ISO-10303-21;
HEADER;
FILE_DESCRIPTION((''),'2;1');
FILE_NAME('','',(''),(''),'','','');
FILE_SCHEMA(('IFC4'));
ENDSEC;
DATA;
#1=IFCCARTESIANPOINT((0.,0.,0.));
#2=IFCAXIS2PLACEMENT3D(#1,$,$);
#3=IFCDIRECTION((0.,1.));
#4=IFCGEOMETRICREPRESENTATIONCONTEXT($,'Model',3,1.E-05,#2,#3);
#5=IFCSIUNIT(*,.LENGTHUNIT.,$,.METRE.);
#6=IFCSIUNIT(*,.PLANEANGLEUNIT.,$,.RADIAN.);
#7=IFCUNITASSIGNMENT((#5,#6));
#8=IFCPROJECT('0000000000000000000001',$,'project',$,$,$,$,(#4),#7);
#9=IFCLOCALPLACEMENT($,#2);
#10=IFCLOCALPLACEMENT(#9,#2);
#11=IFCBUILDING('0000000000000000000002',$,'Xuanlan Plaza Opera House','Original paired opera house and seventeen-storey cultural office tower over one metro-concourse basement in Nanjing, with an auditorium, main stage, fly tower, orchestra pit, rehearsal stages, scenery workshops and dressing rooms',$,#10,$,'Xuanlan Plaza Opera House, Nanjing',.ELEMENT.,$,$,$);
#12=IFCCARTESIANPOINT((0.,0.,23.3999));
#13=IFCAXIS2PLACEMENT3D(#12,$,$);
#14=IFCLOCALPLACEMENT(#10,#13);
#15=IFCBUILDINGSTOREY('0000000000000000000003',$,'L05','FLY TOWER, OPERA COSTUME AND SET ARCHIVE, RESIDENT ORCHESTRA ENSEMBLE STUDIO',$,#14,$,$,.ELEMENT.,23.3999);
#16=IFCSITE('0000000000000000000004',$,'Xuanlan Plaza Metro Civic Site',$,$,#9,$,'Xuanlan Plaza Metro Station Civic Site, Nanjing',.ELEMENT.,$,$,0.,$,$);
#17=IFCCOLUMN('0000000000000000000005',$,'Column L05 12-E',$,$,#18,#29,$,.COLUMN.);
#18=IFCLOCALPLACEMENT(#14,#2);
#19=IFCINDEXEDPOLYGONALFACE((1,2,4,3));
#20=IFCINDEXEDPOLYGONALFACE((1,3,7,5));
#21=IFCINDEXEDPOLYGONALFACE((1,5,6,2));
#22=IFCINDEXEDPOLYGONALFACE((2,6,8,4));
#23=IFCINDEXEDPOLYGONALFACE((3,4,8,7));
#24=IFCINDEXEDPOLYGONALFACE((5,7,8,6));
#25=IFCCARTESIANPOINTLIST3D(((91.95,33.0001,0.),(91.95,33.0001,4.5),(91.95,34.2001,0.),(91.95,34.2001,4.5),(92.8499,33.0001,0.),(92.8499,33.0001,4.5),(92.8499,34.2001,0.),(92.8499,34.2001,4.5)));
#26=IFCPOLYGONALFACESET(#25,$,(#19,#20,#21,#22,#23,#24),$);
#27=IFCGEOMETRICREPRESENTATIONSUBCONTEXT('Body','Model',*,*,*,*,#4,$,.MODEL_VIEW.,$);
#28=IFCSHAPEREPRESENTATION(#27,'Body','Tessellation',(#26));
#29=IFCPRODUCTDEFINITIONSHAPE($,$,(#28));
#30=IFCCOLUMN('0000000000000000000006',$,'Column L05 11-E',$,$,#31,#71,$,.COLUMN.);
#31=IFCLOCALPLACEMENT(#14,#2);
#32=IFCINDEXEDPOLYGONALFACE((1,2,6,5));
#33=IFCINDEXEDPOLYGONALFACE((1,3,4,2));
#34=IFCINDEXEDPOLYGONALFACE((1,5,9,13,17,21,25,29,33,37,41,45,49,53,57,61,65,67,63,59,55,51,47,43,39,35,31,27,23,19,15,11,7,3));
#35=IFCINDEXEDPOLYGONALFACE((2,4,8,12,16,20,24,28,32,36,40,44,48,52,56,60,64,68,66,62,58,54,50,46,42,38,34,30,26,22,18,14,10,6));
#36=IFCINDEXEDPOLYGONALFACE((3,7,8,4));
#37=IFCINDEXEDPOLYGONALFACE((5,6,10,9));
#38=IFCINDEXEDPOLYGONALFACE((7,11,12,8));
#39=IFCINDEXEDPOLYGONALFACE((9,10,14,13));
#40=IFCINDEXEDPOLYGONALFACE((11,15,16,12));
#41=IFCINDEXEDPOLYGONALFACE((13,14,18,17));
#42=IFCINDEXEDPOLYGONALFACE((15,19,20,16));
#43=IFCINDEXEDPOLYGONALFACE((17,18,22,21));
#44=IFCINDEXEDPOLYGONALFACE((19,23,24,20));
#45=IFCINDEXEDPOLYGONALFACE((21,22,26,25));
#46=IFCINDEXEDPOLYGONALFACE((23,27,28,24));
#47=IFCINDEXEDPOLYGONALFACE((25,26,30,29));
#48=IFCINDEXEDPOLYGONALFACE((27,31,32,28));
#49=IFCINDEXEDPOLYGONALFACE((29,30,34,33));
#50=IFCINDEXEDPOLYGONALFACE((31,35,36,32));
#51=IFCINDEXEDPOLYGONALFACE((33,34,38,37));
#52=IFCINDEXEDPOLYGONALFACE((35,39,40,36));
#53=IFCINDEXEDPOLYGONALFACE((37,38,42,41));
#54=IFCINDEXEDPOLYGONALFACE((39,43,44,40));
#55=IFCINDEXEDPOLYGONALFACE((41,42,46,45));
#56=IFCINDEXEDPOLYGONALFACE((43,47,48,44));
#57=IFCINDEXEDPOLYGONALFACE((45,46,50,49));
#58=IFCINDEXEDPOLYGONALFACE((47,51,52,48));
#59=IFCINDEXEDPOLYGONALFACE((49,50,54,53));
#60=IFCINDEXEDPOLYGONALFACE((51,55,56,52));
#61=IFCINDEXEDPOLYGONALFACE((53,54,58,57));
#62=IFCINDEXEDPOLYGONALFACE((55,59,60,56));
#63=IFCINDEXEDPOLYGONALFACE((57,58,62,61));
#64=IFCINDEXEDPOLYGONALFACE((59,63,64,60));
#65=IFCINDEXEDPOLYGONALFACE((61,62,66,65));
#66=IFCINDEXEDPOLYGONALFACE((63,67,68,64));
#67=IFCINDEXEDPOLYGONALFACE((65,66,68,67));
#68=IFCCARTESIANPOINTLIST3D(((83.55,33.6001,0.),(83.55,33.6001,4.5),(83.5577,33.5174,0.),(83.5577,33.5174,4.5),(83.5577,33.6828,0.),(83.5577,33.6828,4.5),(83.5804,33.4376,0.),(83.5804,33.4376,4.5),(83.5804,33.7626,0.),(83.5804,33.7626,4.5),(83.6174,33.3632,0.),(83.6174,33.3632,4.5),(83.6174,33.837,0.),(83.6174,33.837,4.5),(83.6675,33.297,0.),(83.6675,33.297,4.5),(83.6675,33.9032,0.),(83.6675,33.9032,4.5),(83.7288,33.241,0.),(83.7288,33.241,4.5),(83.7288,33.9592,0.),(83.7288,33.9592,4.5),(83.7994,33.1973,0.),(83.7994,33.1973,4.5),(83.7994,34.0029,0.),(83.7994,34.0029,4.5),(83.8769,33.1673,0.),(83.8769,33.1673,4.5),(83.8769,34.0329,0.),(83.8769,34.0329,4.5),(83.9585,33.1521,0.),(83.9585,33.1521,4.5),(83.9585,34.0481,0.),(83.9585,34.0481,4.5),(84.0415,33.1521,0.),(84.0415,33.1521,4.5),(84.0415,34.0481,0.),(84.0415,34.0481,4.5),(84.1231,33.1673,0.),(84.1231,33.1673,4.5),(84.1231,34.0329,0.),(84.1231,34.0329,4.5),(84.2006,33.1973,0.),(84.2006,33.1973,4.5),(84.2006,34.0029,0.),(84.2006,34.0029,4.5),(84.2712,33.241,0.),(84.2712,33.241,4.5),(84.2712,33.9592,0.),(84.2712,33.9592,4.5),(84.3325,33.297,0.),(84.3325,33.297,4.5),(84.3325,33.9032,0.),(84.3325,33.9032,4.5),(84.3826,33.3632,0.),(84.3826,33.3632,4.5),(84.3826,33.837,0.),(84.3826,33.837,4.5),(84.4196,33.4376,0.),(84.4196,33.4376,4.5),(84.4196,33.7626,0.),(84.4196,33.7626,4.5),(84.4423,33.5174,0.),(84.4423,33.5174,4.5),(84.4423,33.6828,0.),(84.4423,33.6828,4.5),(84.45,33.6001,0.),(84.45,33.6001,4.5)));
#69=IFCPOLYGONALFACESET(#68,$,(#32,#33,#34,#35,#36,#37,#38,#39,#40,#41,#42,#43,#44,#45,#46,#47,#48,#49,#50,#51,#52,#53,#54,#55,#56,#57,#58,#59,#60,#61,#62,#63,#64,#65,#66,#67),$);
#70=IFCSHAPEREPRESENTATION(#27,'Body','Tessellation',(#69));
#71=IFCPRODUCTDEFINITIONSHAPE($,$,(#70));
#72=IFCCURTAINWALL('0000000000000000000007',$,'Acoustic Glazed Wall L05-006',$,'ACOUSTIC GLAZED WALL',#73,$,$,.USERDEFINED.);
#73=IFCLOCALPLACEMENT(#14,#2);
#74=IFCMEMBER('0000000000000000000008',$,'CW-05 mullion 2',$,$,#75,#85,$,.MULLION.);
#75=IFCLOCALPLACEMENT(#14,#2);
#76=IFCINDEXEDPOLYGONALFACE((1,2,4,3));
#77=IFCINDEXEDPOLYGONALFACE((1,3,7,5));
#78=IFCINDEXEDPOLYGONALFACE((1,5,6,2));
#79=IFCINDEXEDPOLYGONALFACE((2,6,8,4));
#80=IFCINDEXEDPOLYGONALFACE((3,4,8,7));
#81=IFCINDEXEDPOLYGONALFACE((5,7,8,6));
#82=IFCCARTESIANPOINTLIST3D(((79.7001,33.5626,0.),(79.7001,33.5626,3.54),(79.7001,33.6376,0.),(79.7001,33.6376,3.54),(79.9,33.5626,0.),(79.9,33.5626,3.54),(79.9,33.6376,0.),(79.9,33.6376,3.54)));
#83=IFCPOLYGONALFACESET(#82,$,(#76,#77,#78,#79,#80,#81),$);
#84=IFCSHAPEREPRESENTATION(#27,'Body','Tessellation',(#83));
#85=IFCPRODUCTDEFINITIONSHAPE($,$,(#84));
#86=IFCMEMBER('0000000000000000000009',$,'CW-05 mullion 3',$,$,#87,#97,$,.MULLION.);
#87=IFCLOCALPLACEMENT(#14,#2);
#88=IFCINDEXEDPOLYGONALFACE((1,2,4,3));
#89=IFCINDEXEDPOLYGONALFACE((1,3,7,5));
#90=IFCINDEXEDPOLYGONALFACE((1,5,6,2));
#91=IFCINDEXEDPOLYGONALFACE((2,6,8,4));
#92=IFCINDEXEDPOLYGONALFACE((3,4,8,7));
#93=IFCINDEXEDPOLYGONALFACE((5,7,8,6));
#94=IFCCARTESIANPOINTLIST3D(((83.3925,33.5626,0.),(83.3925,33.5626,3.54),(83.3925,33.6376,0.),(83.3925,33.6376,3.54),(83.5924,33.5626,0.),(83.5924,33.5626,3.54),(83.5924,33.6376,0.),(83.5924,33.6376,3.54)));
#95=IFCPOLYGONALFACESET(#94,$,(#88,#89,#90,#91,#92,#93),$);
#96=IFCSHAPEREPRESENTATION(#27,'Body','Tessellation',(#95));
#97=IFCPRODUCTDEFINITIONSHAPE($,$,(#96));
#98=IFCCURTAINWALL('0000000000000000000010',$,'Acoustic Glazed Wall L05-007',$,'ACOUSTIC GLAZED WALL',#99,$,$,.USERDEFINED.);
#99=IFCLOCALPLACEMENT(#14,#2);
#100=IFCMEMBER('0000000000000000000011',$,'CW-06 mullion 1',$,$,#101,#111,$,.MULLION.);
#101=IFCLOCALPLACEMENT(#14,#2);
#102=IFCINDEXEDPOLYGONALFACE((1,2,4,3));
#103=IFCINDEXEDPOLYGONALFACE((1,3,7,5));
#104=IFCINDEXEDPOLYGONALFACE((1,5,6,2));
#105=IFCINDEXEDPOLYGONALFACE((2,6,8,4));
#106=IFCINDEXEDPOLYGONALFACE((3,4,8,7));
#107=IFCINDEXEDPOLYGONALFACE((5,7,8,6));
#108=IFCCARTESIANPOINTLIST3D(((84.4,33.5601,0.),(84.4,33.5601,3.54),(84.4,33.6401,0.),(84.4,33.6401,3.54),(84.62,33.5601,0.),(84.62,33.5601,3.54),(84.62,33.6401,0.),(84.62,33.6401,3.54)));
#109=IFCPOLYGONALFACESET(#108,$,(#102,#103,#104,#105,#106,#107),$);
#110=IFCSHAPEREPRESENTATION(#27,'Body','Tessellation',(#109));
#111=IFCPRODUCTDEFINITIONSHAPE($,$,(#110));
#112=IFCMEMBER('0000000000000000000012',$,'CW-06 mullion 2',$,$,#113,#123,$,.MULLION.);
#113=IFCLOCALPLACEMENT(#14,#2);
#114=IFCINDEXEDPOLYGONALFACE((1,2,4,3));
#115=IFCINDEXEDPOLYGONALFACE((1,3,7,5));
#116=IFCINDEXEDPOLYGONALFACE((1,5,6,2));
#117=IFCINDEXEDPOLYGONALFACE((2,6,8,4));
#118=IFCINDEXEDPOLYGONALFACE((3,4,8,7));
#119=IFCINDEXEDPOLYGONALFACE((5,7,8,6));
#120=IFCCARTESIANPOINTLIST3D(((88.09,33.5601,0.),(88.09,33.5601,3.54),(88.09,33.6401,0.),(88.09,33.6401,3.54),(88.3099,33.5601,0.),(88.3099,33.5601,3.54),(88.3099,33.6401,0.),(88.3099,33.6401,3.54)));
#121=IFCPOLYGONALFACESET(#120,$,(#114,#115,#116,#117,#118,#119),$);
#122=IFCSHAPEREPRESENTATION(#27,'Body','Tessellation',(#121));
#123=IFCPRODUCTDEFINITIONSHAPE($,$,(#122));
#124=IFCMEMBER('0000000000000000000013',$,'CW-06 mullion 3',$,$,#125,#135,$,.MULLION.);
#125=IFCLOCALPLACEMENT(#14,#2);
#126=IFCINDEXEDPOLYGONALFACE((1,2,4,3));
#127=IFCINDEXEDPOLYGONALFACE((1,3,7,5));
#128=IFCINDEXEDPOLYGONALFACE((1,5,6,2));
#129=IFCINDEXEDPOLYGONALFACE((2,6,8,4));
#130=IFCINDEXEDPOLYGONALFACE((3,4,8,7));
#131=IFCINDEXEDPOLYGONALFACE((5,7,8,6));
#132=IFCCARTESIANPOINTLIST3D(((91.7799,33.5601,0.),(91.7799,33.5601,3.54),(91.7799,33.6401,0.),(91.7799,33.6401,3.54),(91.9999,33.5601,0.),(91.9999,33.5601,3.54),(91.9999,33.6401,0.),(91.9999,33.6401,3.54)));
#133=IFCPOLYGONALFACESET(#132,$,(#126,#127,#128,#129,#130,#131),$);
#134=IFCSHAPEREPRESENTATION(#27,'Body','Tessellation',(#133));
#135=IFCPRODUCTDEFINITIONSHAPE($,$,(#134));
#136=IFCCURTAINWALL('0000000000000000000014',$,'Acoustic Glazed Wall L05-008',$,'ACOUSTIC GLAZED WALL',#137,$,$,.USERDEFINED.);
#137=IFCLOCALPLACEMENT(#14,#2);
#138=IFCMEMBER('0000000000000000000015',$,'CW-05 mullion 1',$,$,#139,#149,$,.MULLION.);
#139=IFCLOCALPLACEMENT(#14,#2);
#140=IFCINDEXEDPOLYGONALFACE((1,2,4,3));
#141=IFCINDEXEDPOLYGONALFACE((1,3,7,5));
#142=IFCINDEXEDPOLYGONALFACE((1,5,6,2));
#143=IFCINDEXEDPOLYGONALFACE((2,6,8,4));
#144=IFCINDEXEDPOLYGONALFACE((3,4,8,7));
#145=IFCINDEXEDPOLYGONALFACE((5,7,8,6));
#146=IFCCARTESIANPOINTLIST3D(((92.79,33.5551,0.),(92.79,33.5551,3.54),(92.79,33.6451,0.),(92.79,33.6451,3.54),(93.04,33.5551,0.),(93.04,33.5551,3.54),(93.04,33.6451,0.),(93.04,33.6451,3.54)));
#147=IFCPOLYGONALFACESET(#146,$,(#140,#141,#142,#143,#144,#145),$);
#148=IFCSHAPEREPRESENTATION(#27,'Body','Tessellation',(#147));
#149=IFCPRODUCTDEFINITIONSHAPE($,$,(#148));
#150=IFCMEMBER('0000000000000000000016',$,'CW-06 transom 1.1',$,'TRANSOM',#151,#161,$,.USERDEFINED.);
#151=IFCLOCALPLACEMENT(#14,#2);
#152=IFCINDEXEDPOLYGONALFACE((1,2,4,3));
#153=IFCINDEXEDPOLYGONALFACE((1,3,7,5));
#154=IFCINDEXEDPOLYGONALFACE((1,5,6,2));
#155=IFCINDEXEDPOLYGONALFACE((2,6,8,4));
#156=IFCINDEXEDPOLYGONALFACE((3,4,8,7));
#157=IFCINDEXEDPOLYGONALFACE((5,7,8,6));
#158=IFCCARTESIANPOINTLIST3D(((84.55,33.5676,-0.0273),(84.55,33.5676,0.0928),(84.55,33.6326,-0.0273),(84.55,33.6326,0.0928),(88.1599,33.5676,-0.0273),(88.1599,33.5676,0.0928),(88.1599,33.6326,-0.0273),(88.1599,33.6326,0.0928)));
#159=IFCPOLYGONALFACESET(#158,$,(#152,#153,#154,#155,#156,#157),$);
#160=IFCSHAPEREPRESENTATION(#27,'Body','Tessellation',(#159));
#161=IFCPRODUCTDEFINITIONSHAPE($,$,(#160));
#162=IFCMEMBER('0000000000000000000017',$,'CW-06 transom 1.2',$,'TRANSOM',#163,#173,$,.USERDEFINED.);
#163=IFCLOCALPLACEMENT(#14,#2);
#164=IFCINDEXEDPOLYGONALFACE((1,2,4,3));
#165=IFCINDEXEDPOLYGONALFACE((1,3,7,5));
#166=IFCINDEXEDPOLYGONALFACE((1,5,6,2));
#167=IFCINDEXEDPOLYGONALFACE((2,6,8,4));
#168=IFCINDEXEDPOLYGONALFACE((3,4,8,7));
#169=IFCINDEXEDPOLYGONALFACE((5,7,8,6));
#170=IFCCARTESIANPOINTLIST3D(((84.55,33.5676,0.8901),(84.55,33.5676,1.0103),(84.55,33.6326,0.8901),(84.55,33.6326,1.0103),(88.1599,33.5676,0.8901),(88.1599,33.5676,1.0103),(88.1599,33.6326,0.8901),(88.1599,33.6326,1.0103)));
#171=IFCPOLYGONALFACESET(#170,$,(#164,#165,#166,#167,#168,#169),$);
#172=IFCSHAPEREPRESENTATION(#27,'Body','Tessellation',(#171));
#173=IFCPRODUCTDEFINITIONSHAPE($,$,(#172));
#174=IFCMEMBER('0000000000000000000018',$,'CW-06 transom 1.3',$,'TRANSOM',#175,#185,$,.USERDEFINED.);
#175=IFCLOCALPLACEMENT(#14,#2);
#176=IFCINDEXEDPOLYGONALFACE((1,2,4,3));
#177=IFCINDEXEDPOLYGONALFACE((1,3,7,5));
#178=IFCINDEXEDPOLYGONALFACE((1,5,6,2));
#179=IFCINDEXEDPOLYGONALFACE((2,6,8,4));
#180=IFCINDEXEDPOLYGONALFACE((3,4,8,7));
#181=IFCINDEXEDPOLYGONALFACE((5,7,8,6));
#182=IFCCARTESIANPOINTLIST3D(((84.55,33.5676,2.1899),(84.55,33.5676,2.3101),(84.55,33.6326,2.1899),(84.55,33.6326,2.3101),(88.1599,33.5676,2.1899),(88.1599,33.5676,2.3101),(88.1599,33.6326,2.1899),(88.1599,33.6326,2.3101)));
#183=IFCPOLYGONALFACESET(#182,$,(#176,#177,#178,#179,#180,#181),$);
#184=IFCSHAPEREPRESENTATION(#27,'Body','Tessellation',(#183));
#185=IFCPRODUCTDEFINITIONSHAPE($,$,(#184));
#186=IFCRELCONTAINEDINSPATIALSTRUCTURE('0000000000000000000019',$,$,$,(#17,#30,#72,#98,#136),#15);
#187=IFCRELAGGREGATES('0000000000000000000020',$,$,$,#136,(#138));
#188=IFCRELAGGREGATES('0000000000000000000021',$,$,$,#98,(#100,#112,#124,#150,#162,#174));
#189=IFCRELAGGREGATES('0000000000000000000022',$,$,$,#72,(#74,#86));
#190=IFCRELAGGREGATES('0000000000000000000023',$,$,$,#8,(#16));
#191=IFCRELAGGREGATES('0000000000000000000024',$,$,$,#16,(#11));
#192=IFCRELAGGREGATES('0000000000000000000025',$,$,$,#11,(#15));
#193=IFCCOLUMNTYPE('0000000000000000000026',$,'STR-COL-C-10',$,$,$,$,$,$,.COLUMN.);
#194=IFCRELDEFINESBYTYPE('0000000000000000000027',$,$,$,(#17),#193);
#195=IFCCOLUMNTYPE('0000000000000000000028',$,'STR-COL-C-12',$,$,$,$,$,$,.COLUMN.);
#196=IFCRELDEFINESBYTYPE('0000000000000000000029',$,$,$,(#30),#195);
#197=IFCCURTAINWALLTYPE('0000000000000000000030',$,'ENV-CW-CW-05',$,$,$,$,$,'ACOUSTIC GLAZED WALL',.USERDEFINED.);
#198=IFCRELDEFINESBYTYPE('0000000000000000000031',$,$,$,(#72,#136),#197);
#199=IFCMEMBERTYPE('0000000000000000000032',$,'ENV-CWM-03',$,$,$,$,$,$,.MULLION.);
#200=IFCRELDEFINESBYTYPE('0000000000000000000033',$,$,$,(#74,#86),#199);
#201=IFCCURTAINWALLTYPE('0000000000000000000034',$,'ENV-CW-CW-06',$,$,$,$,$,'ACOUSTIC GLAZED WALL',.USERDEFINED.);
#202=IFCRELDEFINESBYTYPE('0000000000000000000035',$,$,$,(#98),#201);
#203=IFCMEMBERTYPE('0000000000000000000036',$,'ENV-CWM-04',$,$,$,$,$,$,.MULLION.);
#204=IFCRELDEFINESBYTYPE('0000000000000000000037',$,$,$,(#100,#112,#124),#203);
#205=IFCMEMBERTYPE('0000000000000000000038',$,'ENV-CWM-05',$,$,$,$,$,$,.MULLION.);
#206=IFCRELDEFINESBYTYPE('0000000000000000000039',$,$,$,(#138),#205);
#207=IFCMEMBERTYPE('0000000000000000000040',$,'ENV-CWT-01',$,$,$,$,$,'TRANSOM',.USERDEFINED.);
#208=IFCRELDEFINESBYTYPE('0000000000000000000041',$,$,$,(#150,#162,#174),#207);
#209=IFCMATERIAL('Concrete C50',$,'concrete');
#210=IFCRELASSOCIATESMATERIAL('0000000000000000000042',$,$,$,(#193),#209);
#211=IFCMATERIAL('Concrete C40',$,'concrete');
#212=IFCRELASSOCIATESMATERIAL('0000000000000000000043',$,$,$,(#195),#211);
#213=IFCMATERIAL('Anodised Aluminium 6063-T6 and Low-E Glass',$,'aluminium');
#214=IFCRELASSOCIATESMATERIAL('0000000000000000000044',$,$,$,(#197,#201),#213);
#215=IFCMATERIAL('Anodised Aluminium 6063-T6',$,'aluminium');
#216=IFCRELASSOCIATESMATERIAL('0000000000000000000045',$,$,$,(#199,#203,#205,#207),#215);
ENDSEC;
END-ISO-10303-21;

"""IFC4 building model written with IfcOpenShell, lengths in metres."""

from ifc_helpers import new_model, si_unit, direction, frame, origin, origin_2d, place, context, subcontext, project, spatial, rectangle, circle, extrude, material, material_profile, profile_set, type_object, element, aggregate, save


model = new_model("IFC4")

# Units and contexts
model_context = context("Model", 3, precision=1e-05, world=origin(), true_north=direction((0.0, 1.0)))
body_context = subcontext(model_context, "Body", "Model", "MODEL_VIEW")
ifc_project = project(units=[si_unit("LENGTHUNIT", "METRE"), si_unit("PLANEANGLEUNIT", "RADIAN")], contexts=[model_context])

# Site, building, storey
site_placement = place(None, origin())
site = spatial("IfcSite", under=ifc_project, at=site_placement, Name="Xuanlan Plaza Metro Civic Site", LongName="Xuanlan Plaza Metro Station Civic Site, Nanjing", CompositionType="ELEMENT", RefElevation=0.0)
building_placement = place(site_placement, origin())
building = spatial("IfcBuilding", under=site, at=building_placement, Name="Xuanlan Plaza Opera House", Description="Original paired opera house and seventeen-storey cultural office tower over one metro-concourse basement in Nanjing, with an auditorium, main stage, fly tower, orchestra pit, rehearsal stages, scenery workshops and dressing rooms", LongName="Xuanlan Plaza Opera House, Nanjing", CompositionType="ELEMENT")
storey_placement = place(building_placement, frame((0.0, 0.0, 23.3999)))
storey = spatial("IfcBuildingStorey", under=building, at=storey_placement, Name="L05", Description="FLY TOWER, OPERA COSTUME AND SET ARCHIVE, RESIDENT ORCHESTRA ENSEMBLE STUDIO", CompositionType="ELEMENT", Elevation=23.3999)

# Columns
ifc_material_1 = material(Name="Concrete C50", Category="concrete")
ifc_material_profile_1 = material_profile(ifc_material_1, rectangle(XDim=0.8999, YDim=1.2, at=origin_2d()), Name="RC-COL 900x1200")
ifc_profile_set_1 = profile_set([ifc_material_profile_1], Name="Concrete C50")
column_type_1 = type_object("IfcColumnType", Name="STR-COL-C-10", PredefinedType="COLUMN", material=ifc_profile_set_1)
column_1_placement = place(storey_placement, frame((92.3999, 33.6001, 0.0), z_axis=(0.0, 0.0, 1.0), x_axis=(1.0, 0.0, 0.0)))
element("IfcColumn", 1, at=column_1_placement, inside=storey, type_object=column_type_1, Name="Column L05 12-E", PredefinedType="COLUMN", context=body_context, shape_type="SweptSolid", body=[
    extrude(rectangle(XDim=0.8999, YDim=1.2, at=origin_2d()), origin(), (0.0, 0.0, 1.0), 4.5),
])
ifc_material_2 = material(Name="Concrete C40", Category="concrete")
ifc_material_profile_2 = material_profile(ifc_material_2, circle(Radius=0.45, at=origin_2d()), Name="RC-COL D900")
ifc_profile_set_2 = profile_set([ifc_material_profile_2], Name="Concrete C40")
column_type_2 = type_object("IfcColumnType", Name="STR-COL-C-12", PredefinedType="COLUMN", material=ifc_profile_set_2)
column_2_placement = place(storey_placement, frame((84.0, 33.6001, 0.0), z_axis=(0.0, 0.0, 1.0), x_axis=(1.0, 0.0, 0.0)))
element("IfcColumn", 2, at=column_2_placement, inside=storey, type_object=column_type_2, Name="Column L05 11-E", PredefinedType="COLUMN", context=body_context, shape_type="SweptSolid", body=[
    extrude(circle(Radius=0.45, at=origin_2d()), origin(), (0.0, 0.0, 1.0), 4.5),
])

# Curtain walls, members
ifc_material_3 = material(Name="Anodised Aluminium 6063-T6 and Low-E Glass", Category="aluminium")
curtain_wall_type_1 = type_object("IfcCurtainWallType", Name="ENV-CW-CW-05", ElementType="ACOUSTIC GLAZED WALL", PredefinedType="USERDEFINED", material=ifc_material_3)
curtain_wall_1_placement = place(storey_placement, origin())
curtain_wall_1 = element("IfcCurtainWall", 3, at=curtain_wall_1_placement, inside=storey, type_object=curtain_wall_type_1, Name="Acoustic Glazed Wall L05-006", ObjectType="ACOUSTIC GLAZED WALL", PredefinedType="USERDEFINED")
ifc_material_4 = material(Name="Anodised Aluminium 6063-T6", Category="aluminium")
ifc_material_profile_3 = material_profile(ifc_material_4, rectangle(XDim=0.075, YDim=0.2, at=origin_2d()), Name="ALU-M 75x200")
ifc_profile_set_3 = profile_set([ifc_material_profile_3], Name="Anodised Aluminium 6063-T6")
member_type_1 = type_object("IfcMemberType", Name="ENV-CWM-03", PredefinedType="MULLION", material=ifc_profile_set_3)
member_1_placement = place(storey_placement, frame((79.8, 33.6001, 0.0), z_axis=(0.0, 0.0, 1.0), x_axis=(0.0, 1.0, 0.0)))
member_1 = element("IfcMember", 4, at=member_1_placement, type_object=member_type_1, Name="CW-05 mullion 2", PredefinedType="MULLION", context=body_context, shape_type="SweptSolid", body=[
    extrude(rectangle(XDim=0.075, YDim=0.2, at=origin_2d()), origin(), (0.0, 0.0, 1.0), 3.54),
])
member_2_placement = place(storey_placement, frame((83.4924, 33.6001, 0.0), z_axis=(0.0, 0.0, 1.0), x_axis=(0.0, 1.0, 0.0)))
member_2 = element("IfcMember", 5, at=member_2_placement, type_object=member_type_1, Name="CW-05 mullion 3", PredefinedType="MULLION", context=body_context, shape_type="SweptSolid", body=[
    extrude(rectangle(XDim=0.075, YDim=0.2, at=origin_2d()), origin(), (0.0, 0.0, 1.0), 3.54),
])
curtain_wall_type_2 = type_object("IfcCurtainWallType", Name="ENV-CW-CW-06", ElementType="ACOUSTIC GLAZED WALL", PredefinedType="USERDEFINED", material=ifc_material_3)
curtain_wall_2_placement = place(storey_placement, origin())
curtain_wall_2 = element("IfcCurtainWall", 6, at=curtain_wall_2_placement, inside=storey, type_object=curtain_wall_type_2, Name="Acoustic Glazed Wall L05-007", ObjectType="ACOUSTIC GLAZED WALL", PredefinedType="USERDEFINED")
ifc_material_profile_4 = material_profile(ifc_material_4, rectangle(XDim=0.0801, YDim=0.22, at=origin_2d()), Name="ALU-M 80x220")
ifc_profile_set_4 = profile_set([ifc_material_profile_4], Name="Anodised Aluminium 6063-T6")
member_type_2 = type_object("IfcMemberType", Name="ENV-CWM-04", PredefinedType="MULLION", material=ifc_profile_set_4)
member_3_placement = place(storey_placement, frame((84.51, 33.6001, 0.0), z_axis=(0.0, 0.0, 1.0), x_axis=(0.0, 1.0, 0.0)))
member_3 = element("IfcMember", 7, at=member_3_placement, type_object=member_type_2, Name="CW-06 mullion 1", PredefinedType="MULLION", context=body_context, shape_type="SweptSolid", body=[
    extrude(rectangle(XDim=0.0801, YDim=0.22, at=origin_2d()), origin(), (0.0, 0.0, 1.0), 3.54),
])
member_4_placement = place(storey_placement, frame((88.2, 33.6001, 0.0), z_axis=(0.0, 0.0, 1.0), x_axis=(0.0, 1.0, 0.0)))
member_4 = element("IfcMember", 8, at=member_4_placement, type_object=member_type_2, Name="CW-06 mullion 2", PredefinedType="MULLION", context=body_context, shape_type="SweptSolid", body=[
    extrude(rectangle(XDim=0.0801, YDim=0.22, at=origin_2d()), origin(), (0.0, 0.0, 1.0), 3.54),
])
member_5_placement = place(storey_placement, frame((91.8899, 33.6001, 0.0), z_axis=(0.0, 0.0, 1.0), x_axis=(0.0, 1.0, 0.0)))
member_5 = element("IfcMember", 9, at=member_5_placement, type_object=member_type_2, Name="CW-06 mullion 3", PredefinedType="MULLION", context=body_context, shape_type="SweptSolid", body=[
    extrude(rectangle(XDim=0.0801, YDim=0.22, at=origin_2d()), origin(), (0.0, 0.0, 1.0), 3.54),
])

# Curtain wall, member
curtain_wall_3_placement = place(storey_placement, origin())
curtain_wall_3 = element("IfcCurtainWall", 10, at=curtain_wall_3_placement, inside=storey, type_object=curtain_wall_type_1, Name="Acoustic Glazed Wall L05-008", ObjectType="ACOUSTIC GLAZED WALL", PredefinedType="USERDEFINED")
ifc_material_profile_5 = material_profile(ifc_material_4, rectangle(XDim=0.0901, YDim=0.25, at=origin_2d()), Name="ALU-M 90x250")
ifc_profile_set_5 = profile_set([ifc_material_profile_5], Name="Anodised Aluminium 6063-T6")
member_type_3 = type_object("IfcMemberType", Name="ENV-CWM-05", PredefinedType="MULLION", material=ifc_profile_set_5)
member_6_placement = place(storey_placement, frame((92.915, 33.6001, 0.0), z_axis=(0.0, 0.0, 1.0), x_axis=(0.0, 1.0, 0.0)))
member_6 = element("IfcMember", 11, at=member_6_placement, type_object=member_type_3, Name="CW-05 mullion 1", PredefinedType="MULLION", context=body_context, shape_type="SweptSolid", body=[
    extrude(rectangle(XDim=0.0901, YDim=0.25, at=origin_2d()), origin(), (0.0, 0.0, 1.0), 3.54),
])
aggregate(curtain_wall_3, [member_6])

# Members
ifc_material_profile_6 = material_profile(ifc_material_4, rectangle(XDim=0.0649, YDim=0.1201, at=origin_2d()), Name="ALU-T 65x120")
ifc_profile_set_6 = profile_set([ifc_material_profile_6], Name="Anodised Aluminium 6063-T6")
member_type_4 = type_object("IfcMemberType", Name="ENV-CWT-01", ElementType="TRANSOM", PredefinedType="USERDEFINED", material=ifc_profile_set_6)
member_7_placement = place(storey_placement, frame((84.55, 33.6001, 0.0327), z_axis=(1.0, 0.0, 0.0), x_axis=(0.0, 1.0, 0.0)))
member_7 = element("IfcMember", 12, at=member_7_placement, type_object=member_type_4, Name="CW-06 transom 1.1", ObjectType="TRANSOM", PredefinedType="USERDEFINED", context=body_context, shape_type="SweptSolid", body=[
    extrude(rectangle(XDim=0.0649, YDim=0.1201, at=origin_2d()), origin(), (0.0, 0.0, 1.0), 3.6099),
])
member_8_placement = place(storey_placement, frame((84.55, 33.6001, 0.9502), z_axis=(1.0, 0.0, 0.0), x_axis=(0.0, 1.0, 0.0)))
member_8 = element("IfcMember", 13, at=member_8_placement, type_object=member_type_4, Name="CW-06 transom 1.2", ObjectType="TRANSOM", PredefinedType="USERDEFINED", context=body_context, shape_type="SweptSolid", body=[
    extrude(rectangle(XDim=0.0649, YDim=0.1201, at=origin_2d()), origin(), (0.0, 0.0, 1.0), 3.6099),
])
member_9_placement = place(storey_placement, frame((84.55, 33.6001, 2.25), z_axis=(1.0, 0.0, 0.0), x_axis=(0.0, 1.0, 0.0)))
member_9 = element("IfcMember", 14, at=member_9_placement, type_object=member_type_4, Name="CW-06 transom 1.3", ObjectType="TRANSOM", PredefinedType="USERDEFINED", context=body_context, shape_type="SweptSolid", body=[
    extrude(rectangle(XDim=0.0649, YDim=0.1201, at=origin_2d()), origin(), (0.0, 0.0, 1.0), 3.6099),
])

aggregate(curtain_wall_2, [member_3, member_4, member_5, member_7, member_8, member_9])
aggregate(curtain_wall_1, [member_1, member_2])

save(model, "model.ifc")
